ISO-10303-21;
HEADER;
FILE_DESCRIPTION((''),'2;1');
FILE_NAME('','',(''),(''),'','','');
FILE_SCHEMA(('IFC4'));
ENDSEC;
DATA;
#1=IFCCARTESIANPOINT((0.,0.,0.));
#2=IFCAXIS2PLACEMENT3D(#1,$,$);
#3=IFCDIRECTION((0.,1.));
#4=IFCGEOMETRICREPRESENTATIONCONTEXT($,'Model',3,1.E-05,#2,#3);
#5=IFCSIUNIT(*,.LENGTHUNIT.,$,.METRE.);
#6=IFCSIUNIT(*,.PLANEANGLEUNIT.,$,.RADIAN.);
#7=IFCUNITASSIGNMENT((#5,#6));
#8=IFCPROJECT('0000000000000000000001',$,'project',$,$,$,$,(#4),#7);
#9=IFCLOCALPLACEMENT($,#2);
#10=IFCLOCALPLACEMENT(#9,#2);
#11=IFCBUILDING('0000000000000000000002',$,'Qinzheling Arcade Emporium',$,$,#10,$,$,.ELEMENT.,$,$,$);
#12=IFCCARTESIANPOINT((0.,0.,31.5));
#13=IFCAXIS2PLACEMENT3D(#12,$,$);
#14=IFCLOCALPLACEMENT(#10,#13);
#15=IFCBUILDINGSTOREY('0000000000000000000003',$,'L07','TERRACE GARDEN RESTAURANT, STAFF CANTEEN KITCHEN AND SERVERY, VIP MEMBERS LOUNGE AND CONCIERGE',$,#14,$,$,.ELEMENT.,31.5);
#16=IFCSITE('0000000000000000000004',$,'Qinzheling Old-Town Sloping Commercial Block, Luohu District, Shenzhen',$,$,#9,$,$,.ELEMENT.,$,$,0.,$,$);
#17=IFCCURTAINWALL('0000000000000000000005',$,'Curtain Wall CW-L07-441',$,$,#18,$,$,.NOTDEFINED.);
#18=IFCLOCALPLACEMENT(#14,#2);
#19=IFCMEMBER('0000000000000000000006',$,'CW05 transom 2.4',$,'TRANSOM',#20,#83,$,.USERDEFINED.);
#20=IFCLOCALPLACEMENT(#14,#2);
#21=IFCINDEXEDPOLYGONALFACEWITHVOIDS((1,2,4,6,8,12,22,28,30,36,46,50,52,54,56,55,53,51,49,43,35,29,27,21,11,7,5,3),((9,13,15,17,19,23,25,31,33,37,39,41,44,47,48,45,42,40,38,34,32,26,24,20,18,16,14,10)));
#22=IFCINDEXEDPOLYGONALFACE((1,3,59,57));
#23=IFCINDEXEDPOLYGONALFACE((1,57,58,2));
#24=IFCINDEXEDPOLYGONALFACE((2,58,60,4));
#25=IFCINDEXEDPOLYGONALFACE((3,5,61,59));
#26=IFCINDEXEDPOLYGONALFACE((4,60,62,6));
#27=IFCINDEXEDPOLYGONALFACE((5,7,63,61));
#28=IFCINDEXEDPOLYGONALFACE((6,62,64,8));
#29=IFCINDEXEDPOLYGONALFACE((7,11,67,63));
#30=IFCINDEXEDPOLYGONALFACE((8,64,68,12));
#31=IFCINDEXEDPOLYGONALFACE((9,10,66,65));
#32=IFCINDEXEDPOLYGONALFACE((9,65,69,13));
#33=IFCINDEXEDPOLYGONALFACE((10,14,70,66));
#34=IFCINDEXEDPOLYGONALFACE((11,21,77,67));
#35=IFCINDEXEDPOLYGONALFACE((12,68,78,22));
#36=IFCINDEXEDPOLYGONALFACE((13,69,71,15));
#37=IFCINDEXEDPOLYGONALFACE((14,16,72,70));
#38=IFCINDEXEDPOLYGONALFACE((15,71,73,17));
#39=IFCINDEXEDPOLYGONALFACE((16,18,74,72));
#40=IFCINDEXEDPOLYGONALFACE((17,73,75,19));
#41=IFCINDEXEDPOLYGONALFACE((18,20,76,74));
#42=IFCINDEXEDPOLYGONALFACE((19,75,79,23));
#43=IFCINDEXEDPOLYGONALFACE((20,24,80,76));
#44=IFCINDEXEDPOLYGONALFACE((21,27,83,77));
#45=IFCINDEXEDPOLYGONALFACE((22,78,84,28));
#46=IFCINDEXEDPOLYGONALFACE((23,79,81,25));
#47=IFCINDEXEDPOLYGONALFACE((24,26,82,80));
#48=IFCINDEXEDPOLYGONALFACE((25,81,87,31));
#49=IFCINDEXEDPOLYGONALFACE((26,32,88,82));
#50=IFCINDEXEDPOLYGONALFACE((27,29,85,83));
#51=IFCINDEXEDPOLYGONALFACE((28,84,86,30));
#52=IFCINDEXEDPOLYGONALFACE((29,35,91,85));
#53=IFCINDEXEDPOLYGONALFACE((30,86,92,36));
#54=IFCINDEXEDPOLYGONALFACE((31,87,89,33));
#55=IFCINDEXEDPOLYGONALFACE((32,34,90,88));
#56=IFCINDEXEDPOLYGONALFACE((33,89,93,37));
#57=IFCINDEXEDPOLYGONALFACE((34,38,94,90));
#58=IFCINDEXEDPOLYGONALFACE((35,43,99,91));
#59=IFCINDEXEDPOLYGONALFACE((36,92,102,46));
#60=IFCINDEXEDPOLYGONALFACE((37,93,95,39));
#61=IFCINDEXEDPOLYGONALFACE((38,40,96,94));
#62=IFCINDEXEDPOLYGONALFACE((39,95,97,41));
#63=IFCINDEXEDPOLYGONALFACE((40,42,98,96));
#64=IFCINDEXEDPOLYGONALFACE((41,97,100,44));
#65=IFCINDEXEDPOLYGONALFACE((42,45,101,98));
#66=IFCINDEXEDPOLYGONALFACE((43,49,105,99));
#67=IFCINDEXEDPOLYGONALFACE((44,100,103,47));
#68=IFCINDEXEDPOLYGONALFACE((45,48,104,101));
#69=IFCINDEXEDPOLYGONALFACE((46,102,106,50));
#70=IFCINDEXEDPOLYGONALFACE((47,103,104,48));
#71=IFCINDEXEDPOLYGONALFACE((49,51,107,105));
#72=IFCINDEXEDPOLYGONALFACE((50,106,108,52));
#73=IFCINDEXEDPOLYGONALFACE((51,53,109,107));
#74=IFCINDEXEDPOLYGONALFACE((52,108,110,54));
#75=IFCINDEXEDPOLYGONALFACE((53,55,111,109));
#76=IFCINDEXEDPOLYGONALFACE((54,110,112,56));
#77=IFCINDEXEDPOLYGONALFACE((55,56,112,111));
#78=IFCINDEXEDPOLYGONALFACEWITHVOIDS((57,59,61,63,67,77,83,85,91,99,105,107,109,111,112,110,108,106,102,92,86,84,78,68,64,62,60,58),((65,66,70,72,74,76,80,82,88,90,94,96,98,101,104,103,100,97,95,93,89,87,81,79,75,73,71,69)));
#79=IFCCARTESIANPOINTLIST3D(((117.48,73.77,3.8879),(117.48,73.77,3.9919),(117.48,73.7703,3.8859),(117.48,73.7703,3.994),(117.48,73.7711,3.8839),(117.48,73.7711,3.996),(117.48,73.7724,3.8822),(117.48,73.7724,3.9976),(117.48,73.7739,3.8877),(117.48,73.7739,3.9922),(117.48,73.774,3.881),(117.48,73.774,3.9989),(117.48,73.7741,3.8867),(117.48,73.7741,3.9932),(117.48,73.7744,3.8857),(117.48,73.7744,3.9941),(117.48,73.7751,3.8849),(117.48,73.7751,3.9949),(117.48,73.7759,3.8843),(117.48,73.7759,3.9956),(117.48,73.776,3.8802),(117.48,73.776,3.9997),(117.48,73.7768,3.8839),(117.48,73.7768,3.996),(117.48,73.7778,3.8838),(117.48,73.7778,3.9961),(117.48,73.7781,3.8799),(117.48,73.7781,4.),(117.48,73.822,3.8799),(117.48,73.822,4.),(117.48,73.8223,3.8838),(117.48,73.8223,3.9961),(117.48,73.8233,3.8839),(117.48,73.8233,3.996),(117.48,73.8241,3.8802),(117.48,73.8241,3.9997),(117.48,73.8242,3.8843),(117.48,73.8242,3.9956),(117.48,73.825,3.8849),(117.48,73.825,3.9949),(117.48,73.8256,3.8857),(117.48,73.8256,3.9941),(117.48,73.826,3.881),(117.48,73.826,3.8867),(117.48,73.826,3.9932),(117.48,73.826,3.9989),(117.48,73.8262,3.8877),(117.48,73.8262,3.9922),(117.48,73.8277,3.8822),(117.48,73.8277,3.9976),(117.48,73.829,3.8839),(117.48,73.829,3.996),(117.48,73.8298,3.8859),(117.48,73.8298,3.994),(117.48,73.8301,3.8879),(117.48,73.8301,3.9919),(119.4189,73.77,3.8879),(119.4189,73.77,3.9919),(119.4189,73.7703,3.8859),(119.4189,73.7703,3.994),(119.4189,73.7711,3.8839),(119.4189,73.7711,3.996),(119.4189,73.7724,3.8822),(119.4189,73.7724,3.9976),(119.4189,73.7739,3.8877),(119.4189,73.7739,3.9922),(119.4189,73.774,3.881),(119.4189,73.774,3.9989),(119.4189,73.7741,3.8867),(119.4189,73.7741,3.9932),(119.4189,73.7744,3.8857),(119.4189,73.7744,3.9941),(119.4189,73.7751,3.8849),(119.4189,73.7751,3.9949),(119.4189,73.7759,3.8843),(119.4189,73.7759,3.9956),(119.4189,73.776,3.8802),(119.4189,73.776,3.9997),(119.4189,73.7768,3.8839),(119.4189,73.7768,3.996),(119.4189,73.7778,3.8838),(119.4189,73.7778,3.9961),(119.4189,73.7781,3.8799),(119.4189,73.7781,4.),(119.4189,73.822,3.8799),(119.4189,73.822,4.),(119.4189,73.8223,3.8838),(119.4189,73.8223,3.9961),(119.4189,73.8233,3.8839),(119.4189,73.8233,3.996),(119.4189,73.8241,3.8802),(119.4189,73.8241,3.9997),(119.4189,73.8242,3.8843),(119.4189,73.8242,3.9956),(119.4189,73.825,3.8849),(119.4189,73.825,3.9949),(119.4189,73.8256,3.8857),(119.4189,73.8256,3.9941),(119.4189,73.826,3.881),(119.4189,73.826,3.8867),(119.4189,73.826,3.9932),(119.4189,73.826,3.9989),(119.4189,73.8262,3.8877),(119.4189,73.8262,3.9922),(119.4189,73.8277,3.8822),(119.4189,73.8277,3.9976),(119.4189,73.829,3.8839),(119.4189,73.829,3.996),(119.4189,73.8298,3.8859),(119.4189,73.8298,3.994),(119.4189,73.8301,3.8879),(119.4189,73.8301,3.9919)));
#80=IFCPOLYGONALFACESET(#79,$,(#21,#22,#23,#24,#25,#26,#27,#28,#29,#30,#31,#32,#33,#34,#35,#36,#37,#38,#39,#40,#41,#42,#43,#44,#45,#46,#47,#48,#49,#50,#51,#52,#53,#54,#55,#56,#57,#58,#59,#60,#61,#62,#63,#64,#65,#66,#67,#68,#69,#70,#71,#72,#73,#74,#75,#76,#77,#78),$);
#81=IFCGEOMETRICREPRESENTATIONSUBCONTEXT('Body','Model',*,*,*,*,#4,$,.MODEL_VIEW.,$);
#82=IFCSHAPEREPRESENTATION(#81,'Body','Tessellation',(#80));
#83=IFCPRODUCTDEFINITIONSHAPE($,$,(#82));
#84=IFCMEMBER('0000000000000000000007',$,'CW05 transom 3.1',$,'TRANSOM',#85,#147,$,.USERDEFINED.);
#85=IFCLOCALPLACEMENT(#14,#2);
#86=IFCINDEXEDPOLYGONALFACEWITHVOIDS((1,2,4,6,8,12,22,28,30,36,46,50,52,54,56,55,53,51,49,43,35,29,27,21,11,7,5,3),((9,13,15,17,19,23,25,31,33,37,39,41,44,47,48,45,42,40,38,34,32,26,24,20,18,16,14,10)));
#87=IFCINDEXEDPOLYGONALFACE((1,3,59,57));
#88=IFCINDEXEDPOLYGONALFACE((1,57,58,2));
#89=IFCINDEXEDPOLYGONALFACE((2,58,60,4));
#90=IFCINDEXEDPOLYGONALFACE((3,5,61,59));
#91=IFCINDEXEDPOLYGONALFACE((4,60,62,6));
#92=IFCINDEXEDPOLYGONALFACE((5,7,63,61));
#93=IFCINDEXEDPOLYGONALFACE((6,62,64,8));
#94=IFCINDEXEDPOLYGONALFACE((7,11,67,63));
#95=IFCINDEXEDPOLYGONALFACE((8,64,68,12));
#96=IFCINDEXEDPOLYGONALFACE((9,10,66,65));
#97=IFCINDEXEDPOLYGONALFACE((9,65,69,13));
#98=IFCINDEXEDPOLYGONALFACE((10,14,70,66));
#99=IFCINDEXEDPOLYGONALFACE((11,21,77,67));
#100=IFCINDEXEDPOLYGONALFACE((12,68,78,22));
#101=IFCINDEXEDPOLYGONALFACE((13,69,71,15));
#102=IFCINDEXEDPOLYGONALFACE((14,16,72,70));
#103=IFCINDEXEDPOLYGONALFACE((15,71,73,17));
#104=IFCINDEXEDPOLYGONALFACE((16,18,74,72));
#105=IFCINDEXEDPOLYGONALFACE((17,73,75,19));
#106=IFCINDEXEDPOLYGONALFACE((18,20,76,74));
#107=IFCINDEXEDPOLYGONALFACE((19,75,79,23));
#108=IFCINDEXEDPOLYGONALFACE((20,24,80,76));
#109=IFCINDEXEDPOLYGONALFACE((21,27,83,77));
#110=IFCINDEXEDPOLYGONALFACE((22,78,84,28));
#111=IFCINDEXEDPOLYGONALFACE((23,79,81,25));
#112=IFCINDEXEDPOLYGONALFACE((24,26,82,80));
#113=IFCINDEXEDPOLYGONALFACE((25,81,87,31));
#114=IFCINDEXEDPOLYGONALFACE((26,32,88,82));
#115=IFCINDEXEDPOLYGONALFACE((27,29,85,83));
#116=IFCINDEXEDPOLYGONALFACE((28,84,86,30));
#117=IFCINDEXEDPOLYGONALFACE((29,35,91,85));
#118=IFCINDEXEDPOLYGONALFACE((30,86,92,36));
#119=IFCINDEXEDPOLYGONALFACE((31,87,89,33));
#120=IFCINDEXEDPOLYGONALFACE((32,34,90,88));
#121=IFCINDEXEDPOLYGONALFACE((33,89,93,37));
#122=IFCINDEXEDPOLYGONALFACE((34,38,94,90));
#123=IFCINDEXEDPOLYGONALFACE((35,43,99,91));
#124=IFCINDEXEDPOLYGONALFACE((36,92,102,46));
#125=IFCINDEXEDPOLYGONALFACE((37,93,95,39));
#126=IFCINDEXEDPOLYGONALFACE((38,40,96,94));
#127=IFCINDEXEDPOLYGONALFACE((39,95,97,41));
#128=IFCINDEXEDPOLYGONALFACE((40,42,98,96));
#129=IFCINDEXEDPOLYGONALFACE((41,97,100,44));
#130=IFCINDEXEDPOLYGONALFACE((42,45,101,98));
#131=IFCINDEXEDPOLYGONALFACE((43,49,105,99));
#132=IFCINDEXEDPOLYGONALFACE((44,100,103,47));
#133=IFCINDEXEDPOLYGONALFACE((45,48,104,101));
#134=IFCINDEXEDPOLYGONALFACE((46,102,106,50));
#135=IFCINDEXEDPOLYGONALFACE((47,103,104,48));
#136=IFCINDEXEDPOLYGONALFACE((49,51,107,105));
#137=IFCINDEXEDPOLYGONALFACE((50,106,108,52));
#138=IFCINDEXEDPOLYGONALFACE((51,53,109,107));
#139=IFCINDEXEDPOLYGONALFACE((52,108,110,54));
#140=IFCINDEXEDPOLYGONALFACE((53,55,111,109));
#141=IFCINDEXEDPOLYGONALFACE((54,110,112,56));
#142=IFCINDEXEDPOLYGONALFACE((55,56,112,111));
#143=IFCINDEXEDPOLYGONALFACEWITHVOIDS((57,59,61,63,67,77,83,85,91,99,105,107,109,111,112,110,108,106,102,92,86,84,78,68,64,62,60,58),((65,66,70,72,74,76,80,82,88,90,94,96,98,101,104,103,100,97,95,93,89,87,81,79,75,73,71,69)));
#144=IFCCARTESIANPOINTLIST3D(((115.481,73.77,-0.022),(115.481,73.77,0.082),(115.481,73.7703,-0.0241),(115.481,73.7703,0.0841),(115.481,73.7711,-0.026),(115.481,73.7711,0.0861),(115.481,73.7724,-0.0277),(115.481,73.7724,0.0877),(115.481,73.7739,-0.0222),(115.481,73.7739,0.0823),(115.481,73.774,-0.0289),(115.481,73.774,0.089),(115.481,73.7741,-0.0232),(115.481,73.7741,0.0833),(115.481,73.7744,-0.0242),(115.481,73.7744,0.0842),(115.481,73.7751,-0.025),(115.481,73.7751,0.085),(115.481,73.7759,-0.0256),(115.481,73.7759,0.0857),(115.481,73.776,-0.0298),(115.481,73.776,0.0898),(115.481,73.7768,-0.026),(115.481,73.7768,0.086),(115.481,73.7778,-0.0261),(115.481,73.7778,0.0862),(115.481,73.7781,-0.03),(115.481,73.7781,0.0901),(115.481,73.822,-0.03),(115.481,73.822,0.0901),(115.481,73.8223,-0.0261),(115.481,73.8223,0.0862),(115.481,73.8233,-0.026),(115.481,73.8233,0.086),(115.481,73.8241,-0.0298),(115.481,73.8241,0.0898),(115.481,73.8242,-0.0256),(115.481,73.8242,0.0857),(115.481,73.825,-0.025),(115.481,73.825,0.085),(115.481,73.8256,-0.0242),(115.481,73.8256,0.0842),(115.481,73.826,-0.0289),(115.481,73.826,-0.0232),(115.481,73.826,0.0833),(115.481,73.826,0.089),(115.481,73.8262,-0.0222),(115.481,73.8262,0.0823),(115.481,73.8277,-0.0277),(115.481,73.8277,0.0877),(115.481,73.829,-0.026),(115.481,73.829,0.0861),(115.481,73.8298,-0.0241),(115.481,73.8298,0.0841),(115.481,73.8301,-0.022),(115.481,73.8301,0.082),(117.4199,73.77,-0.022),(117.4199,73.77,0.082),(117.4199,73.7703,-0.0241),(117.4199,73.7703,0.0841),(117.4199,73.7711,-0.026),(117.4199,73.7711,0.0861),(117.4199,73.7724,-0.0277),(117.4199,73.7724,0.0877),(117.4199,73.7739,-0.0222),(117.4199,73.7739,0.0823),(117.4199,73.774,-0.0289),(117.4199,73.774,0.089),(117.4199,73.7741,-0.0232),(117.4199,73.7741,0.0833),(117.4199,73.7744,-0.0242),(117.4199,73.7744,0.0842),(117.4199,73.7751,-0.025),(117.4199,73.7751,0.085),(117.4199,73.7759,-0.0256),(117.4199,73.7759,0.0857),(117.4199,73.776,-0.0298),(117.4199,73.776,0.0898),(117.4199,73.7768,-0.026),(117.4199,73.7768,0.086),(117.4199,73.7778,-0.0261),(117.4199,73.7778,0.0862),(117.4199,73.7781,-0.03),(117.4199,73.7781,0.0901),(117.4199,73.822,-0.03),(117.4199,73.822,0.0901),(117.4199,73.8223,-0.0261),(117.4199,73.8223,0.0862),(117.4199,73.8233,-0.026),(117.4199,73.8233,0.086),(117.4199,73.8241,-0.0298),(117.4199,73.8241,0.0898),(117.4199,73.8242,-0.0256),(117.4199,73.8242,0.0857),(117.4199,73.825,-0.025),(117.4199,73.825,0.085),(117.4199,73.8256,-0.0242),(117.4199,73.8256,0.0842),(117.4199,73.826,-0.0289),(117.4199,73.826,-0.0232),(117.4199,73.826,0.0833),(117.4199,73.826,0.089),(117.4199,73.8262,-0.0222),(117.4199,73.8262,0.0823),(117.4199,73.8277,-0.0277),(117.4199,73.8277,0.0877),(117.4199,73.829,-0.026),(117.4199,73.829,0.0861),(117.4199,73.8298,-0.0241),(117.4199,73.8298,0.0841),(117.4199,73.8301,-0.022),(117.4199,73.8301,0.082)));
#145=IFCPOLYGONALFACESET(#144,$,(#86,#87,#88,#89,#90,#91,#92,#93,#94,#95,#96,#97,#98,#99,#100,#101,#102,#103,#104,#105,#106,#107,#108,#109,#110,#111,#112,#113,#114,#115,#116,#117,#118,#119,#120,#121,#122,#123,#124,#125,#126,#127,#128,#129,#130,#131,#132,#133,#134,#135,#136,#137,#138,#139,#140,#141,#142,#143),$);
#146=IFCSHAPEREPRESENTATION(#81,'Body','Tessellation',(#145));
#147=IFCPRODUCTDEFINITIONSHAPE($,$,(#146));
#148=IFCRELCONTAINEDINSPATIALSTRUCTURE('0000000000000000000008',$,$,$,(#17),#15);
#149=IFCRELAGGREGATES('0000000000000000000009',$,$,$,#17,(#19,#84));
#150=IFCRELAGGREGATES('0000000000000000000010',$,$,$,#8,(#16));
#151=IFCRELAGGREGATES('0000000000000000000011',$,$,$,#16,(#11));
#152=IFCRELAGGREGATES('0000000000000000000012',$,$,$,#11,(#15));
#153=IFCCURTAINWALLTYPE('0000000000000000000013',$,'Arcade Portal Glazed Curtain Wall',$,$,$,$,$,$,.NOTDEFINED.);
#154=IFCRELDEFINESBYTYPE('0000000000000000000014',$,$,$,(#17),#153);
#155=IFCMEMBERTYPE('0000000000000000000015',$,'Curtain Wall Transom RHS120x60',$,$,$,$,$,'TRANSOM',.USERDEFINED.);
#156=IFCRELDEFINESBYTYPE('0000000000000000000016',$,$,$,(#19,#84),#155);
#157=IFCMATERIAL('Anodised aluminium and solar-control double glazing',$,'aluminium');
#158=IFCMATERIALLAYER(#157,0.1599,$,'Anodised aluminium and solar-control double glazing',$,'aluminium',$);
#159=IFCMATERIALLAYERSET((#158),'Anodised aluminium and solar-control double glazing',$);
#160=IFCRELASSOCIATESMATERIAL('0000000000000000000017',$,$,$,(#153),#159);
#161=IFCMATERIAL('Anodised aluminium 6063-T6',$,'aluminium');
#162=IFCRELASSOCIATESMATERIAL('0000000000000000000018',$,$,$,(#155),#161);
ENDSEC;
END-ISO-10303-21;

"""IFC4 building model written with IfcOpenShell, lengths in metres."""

from ifc_helpers import new_model, si_unit, direction, frame, origin, origin_2d, place, context, subcontext, project, spatial, hollow_rectangle, extrude, material, layer, layer_set, material_profile, profile_set, type_object, element, aggregate, save


model = new_model("IFC4")

# Units and contexts
model_context = context("Model", 3, precision=1e-05, world=origin(), true_north=direction((0.0, 1.0)))
body_context = subcontext(model_context, "Body", "Model", "MODEL_VIEW")
ifc_project = project(units=[si_unit("LENGTHUNIT", "METRE"), si_unit("PLANEANGLEUNIT", "RADIAN")], contexts=[model_context])

# Site, building, storey
site_placement = place(None, origin())
site = spatial("IfcSite", under=ifc_project, at=site_placement, Name="Qinzheling Old-Town Sloping Commercial Block, Luohu District, Shenzhen", CompositionType="ELEMENT", RefElevation=0.0)
building_placement = place(site_placement, origin())
building = spatial("IfcBuilding", under=site, at=building_placement, Name="Qinzheling Arcade Emporium", CompositionType="ELEMENT")
storey_placement = place(building_placement, frame((0.0, 0.0, 31.5)))
storey = spatial("IfcBuildingStorey", under=building, at=storey_placement, Name="L07", Description="TERRACE GARDEN RESTAURANT, STAFF CANTEEN KITCHEN AND SERVERY, VIP MEMBERS LOUNGE AND CONCIERGE", CompositionType="ELEMENT", Elevation=31.5)

# Curtain wall, members
ifc_material_1 = material(Name="Anodised aluminium and solar-control double glazing", Category="aluminium")
ifc_layer_1 = layer(ifc_material_1, 0.1599, Name="Anodised aluminium and solar-control double glazing", Category="aluminium")
ifc_layer_set_1 = layer_set([ifc_layer_1], Name="Anodised aluminium and solar-control double glazing")
curtain_wall_type = type_object("IfcCurtainWallType", Name="Arcade Portal Glazed Curtain Wall", PredefinedType="NOTDEFINED", material=ifc_layer_set_1)
curtain_wall_placement = place(storey_placement, origin())
curtain_wall = element("IfcCurtainWall", 1, at=curtain_wall_placement, inside=storey, type_object=curtain_wall_type, Name="Curtain Wall CW-L07-441", PredefinedType="NOTDEFINED")
ifc_material_2 = material(Name="Anodised aluminium 6063-T6", Category="aluminium")
ifc_material_profile_1 = material_profile(ifc_material_2, hollow_rectangle(XDim=0.0601, YDim=0.1201, WallThickness=0.0039, InnerFilletRadius=0.0039, OuterFilletRadius=0.0081, at=origin_2d()), Name="RHS 120x60x4", Category="aluminium")
ifc_profile_set_1 = profile_set([ifc_material_profile_1], Name="Anodised aluminium 6063-T6")
member_type_1 = type_object("IfcMemberType", Name="Curtain Wall Transom RHS120x60", ElementType="TRANSOM", PredefinedType="USERDEFINED", material=ifc_profile_set_1)
member_1_placement = place(storey_placement, frame((119.4189, 73.8, 3.9399), z_axis=(-1.0, 0.0, 0.0), x_axis=(0.0, -1.0, 0.0)))
member_1 = element("IfcMember", 2, at=member_1_placement, type_object=member_type_1, Name="CW05 transom 2.4", ObjectType="TRANSOM", PredefinedType="USERDEFINED", context=body_context, shape_type="SweptSolid", body=[
    extrude(hollow_rectangle(XDim=0.0601, YDim=0.1201, WallThickness=0.0039, InnerFilletRadius=0.0039, OuterFilletRadius=0.0081, at=origin_2d()), origin(), (0.0, 0.0, 1.0), 1.939),
])
member_2_placement = place(storey_placement, frame((117.4199, 73.8, 0.03), z_axis=(-1.0, 0.0, 0.0), x_axis=(0.0, -1.0, 0.0)))
member_2 = element("IfcMember", 3, at=member_2_placement, type_object=member_type_1, Name="CW05 transom 3.1", ObjectType="TRANSOM", PredefinedType="USERDEFINED", context=body_context, shape_type="SweptSolid", body=[
    extrude(hollow_rectangle(XDim=0.0601, YDim=0.1201, WallThickness=0.0039, InnerFilletRadius=0.0039, OuterFilletRadius=0.0081, at=origin_2d()), origin(), (0.0, 0.0, 1.0), 1.939),
])
aggregate(curtain_wall, [member_1, member_2])

save(model, "model.ifc")
